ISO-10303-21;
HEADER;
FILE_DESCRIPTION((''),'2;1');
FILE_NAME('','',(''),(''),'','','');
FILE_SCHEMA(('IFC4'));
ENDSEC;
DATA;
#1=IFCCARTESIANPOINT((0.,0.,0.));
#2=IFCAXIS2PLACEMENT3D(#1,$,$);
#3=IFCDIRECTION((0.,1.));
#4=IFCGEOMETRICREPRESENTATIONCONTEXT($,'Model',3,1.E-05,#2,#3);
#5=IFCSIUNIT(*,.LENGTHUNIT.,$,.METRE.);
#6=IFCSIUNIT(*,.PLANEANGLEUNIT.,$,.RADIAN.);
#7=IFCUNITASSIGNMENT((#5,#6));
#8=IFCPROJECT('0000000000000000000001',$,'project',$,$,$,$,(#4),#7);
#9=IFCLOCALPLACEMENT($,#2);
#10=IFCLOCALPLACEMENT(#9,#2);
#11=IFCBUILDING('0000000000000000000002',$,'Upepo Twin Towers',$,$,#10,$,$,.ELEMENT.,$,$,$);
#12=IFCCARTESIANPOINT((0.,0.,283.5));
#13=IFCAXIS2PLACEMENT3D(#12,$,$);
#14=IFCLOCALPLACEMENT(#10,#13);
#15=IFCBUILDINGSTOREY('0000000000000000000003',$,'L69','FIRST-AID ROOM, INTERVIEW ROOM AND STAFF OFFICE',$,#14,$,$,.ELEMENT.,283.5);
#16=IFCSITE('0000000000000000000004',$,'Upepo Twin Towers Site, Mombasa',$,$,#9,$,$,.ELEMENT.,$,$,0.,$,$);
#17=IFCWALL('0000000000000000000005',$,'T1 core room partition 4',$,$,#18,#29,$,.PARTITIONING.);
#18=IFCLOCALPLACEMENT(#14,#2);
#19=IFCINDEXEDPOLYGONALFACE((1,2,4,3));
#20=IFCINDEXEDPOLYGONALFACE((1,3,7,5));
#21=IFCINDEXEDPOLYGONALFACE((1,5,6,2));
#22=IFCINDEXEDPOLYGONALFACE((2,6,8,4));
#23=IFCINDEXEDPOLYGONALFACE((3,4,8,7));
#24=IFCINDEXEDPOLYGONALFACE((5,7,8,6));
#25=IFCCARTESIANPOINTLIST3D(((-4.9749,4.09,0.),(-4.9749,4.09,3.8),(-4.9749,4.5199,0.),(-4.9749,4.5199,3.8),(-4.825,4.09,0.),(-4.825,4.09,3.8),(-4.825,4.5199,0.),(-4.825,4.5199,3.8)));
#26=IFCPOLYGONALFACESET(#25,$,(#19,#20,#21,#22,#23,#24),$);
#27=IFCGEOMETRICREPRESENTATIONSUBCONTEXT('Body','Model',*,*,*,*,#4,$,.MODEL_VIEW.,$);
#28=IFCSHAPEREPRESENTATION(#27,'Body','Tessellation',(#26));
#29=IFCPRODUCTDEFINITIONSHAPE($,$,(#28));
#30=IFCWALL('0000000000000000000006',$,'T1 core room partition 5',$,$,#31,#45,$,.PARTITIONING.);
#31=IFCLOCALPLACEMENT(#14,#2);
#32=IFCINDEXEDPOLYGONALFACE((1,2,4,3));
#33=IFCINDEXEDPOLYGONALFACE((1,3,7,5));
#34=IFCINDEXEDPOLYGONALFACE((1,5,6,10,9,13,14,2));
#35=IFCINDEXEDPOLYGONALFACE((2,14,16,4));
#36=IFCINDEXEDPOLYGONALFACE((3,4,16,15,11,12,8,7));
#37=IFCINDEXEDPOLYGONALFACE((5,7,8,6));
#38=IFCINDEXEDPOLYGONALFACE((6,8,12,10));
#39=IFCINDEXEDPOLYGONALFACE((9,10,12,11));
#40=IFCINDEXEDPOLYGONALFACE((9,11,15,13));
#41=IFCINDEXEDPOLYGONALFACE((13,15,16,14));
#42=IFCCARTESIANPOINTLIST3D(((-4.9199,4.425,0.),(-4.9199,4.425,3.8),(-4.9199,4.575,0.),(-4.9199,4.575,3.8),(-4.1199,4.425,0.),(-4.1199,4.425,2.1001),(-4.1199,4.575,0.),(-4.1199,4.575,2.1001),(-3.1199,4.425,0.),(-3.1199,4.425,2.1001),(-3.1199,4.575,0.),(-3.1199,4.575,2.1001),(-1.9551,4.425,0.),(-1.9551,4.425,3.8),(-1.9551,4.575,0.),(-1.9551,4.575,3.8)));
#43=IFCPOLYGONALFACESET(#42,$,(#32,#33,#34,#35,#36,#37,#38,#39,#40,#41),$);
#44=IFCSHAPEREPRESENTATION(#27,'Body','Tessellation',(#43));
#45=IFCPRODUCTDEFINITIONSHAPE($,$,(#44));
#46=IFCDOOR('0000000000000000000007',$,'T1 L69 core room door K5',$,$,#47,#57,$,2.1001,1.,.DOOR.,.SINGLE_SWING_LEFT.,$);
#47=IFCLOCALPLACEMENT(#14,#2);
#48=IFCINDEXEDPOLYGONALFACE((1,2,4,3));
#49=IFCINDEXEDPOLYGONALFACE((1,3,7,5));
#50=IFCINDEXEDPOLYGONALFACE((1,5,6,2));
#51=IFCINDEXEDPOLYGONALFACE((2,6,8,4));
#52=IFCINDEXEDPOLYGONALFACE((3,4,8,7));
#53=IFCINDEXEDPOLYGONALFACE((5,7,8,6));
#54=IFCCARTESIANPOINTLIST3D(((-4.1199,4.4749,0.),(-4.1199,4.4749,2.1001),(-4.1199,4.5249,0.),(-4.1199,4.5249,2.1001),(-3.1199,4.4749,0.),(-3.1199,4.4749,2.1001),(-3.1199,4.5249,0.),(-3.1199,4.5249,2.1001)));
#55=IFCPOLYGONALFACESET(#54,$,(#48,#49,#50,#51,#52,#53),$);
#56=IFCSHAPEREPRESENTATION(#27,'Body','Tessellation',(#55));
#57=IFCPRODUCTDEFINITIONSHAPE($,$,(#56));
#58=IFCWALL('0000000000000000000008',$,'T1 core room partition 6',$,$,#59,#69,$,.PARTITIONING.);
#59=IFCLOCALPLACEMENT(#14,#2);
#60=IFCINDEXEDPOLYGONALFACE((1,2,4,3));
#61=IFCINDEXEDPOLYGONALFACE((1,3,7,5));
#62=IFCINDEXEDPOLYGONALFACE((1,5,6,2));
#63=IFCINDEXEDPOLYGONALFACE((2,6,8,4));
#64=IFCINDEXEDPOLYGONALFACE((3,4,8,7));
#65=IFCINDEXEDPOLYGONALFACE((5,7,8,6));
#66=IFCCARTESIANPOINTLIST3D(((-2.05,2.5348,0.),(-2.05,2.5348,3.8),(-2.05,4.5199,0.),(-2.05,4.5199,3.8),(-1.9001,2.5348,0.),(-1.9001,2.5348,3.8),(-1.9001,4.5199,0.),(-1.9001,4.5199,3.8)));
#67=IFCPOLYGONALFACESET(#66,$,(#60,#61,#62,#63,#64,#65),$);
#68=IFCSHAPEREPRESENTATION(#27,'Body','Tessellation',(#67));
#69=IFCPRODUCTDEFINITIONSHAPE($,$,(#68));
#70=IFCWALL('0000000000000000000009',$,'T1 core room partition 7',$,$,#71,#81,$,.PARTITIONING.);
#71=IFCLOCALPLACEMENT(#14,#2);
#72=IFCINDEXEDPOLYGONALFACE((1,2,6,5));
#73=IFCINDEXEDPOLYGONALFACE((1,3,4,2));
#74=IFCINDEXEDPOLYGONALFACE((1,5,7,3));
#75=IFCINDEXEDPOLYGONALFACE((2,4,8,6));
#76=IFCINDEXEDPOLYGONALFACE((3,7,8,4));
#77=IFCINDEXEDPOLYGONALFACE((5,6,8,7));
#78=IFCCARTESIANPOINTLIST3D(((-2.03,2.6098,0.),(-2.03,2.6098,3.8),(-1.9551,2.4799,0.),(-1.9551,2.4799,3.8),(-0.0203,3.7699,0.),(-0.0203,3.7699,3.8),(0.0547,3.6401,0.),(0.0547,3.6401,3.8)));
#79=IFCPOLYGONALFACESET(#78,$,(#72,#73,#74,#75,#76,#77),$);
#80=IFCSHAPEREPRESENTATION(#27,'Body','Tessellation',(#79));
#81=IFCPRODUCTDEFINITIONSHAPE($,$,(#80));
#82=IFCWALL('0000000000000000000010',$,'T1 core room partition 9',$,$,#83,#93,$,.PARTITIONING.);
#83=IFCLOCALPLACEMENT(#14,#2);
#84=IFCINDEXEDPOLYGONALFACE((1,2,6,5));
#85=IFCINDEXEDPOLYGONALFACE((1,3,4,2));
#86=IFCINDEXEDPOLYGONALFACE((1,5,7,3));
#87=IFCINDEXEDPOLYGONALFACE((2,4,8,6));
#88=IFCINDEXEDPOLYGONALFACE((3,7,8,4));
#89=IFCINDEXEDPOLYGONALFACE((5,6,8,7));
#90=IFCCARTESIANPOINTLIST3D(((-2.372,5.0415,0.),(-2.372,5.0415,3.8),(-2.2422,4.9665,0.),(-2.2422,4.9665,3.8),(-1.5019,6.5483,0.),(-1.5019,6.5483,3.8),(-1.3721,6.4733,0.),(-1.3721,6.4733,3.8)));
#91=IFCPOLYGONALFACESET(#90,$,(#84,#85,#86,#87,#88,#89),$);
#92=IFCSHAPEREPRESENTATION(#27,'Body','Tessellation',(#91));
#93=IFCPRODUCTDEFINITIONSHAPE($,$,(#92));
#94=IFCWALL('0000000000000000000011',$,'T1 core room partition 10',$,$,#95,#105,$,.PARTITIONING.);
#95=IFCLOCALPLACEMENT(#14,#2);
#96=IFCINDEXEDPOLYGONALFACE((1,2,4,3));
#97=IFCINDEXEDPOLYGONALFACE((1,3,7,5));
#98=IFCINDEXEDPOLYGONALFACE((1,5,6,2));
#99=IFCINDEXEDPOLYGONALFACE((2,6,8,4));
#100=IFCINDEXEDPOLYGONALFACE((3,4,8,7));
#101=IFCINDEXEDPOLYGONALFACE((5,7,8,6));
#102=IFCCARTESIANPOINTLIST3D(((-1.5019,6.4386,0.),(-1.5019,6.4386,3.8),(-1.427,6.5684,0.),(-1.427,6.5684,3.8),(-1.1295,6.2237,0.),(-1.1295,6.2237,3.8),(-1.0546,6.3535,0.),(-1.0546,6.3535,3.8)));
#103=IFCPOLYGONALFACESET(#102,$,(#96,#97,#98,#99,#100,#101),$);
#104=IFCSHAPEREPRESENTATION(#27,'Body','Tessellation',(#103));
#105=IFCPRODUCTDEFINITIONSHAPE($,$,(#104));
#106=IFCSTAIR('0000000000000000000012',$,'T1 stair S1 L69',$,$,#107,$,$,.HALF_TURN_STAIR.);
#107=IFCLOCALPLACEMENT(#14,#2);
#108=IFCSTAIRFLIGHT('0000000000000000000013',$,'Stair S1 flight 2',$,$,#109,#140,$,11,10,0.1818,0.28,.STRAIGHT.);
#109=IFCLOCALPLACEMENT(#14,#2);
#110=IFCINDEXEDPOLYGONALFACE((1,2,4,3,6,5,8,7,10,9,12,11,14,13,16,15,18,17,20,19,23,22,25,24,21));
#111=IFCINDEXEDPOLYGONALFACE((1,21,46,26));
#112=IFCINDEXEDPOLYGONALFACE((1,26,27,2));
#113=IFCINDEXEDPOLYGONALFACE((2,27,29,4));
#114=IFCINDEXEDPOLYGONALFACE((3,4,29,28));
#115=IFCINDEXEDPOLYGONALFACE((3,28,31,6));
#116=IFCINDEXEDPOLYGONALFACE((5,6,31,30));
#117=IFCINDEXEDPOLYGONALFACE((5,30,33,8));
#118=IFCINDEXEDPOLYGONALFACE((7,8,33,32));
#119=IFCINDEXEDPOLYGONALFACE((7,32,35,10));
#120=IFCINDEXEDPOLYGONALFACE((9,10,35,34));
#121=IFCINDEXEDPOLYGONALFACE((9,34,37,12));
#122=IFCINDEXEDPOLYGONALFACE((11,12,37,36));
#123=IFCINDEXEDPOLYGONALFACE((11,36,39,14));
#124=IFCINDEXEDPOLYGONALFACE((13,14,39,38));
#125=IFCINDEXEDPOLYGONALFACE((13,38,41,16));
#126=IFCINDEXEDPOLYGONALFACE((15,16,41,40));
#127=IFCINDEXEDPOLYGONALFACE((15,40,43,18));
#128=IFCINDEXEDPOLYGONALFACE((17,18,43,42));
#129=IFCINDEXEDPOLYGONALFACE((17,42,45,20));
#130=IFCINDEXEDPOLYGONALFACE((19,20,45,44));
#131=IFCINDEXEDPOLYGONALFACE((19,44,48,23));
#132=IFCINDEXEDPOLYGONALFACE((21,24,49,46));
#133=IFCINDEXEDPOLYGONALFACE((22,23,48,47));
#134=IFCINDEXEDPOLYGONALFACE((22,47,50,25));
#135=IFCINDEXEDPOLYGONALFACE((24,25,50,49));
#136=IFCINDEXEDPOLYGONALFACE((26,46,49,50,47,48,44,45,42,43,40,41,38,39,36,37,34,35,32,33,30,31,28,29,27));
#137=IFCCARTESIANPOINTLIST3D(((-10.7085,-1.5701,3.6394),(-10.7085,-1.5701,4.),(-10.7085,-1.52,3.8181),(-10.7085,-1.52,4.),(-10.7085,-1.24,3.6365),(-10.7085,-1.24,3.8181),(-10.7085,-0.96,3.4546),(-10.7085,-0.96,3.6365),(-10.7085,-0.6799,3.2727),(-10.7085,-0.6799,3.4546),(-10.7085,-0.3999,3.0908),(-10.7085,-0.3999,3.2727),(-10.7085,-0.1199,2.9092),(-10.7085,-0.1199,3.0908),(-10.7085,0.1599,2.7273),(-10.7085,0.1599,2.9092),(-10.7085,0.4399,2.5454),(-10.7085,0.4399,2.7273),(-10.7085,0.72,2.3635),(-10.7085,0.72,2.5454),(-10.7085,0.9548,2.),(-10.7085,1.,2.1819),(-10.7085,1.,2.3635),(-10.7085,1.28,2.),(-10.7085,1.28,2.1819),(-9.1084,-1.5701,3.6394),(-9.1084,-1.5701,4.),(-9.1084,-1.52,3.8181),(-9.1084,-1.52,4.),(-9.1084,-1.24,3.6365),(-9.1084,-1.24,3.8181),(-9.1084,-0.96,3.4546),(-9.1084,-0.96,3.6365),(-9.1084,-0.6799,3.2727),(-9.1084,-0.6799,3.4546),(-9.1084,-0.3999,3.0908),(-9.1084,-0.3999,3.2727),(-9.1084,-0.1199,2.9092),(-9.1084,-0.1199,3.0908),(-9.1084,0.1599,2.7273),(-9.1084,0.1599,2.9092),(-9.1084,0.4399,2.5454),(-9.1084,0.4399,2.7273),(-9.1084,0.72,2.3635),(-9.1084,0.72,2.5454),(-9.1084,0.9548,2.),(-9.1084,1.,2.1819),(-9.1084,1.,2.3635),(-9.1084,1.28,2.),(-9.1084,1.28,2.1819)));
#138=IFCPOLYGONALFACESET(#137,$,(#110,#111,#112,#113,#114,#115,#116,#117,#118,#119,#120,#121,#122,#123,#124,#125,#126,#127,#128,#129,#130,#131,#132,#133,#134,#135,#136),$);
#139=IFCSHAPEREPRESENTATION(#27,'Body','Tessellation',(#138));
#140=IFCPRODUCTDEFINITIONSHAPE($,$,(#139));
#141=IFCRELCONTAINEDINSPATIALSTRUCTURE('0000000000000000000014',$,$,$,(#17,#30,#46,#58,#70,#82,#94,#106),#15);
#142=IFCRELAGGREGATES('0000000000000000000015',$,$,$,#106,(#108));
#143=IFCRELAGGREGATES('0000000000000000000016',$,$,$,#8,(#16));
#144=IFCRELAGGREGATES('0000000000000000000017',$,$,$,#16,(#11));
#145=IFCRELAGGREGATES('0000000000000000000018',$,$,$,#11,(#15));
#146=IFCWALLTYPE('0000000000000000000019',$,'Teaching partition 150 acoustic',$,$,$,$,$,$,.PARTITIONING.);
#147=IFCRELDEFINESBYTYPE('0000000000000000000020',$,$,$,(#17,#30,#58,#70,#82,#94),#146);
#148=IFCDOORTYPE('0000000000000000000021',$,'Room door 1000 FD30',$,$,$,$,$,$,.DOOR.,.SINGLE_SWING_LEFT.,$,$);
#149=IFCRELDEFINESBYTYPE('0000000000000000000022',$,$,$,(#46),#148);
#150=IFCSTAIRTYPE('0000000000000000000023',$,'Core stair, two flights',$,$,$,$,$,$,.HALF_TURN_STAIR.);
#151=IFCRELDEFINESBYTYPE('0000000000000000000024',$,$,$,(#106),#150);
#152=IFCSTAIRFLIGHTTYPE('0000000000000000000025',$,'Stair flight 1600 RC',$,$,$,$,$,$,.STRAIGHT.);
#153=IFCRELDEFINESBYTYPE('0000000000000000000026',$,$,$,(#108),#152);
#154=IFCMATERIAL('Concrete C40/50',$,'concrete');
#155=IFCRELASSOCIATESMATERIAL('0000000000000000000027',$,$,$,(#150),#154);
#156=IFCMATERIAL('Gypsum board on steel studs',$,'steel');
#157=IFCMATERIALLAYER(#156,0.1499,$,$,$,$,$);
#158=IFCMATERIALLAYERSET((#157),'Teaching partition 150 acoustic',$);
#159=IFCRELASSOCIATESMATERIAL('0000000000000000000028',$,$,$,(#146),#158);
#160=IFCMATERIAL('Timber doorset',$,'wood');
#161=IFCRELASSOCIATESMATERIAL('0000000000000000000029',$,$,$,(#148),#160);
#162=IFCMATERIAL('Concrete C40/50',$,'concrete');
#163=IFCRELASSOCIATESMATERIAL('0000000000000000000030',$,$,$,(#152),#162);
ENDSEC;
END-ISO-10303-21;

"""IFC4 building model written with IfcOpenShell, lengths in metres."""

from ifc_helpers import new_model, si_unit, direction, frame, frame_2d, origin, place, context, subcontext, project, spatial, polyline, rectangle, outline, extrude, material, layer, layer_set, type_object, element, fill, aggregate, save


model = new_model("IFC4")

# Units and contexts
model_context = context("Model", 3, precision=1e-05, world=origin(), true_north=direction((0.0, 1.0)))
body_context = subcontext(model_context, "Body", "Model", "MODEL_VIEW")
ifc_project = project(units=[si_unit("LENGTHUNIT", "METRE"), si_unit("PLANEANGLEUNIT", "RADIAN")], contexts=[model_context])

# Site, building, storey
site_placement = place(None, origin())
site = spatial("IfcSite", under=ifc_project, at=site_placement, Name="Upepo Twin Towers Site, Mombasa", CompositionType="ELEMENT", RefElevation=0.0)
building_placement = place(site_placement, origin())
building = spatial("IfcBuilding", under=site, at=building_placement, Name="Upepo Twin Towers", CompositionType="ELEMENT")
storey_placement = place(building_placement, frame((0.0, 0.0, 283.5)))
storey = spatial("IfcBuildingStorey", under=building, at=storey_placement, Name="L69", Description="FIRST-AID ROOM, INTERVIEW ROOM AND STAFF OFFICE", CompositionType="ELEMENT", Elevation=283.5)

# Shared definitions
ifc_material_1 = material(Name="Concrete C40/50", Category="concrete")
stair_type = type_object("IfcStairType", Name="Core stair, two flights", PredefinedType="HALF_TURN_STAIR", material=ifc_material_1)

# Wall
ifc_material_2 = material(Name="Gypsum board on steel studs", Category="steel")
ifc_layer_1 = layer(ifc_material_2, 0.1499)
ifc_layer_set_1 = layer_set([ifc_layer_1], Name="Teaching partition 150 acoustic")
wall_type_1 = type_object("IfcWallType", Name="Teaching partition 150 acoustic", PredefinedType="PARTITIONING", material=ifc_layer_set_1)
wall_1_placement = place(storey_placement, frame((-4.8999, 4.0901, 0.0), z_axis=(0.0, 0.0, 1.0), x_axis=(0.0, 1.0, 0.0)))
element("IfcWall", 1, at=wall_1_placement, inside=storey, type_object=wall_type_1, Name="T1 core room partition 4", PredefinedType="PARTITIONING", context=body_context, shape_type="SweptSolid", body=[
    extrude(rectangle(XDim=0.4299, YDim=0.1499, at=frame_2d((0.2148, 0.0))), origin(), (0.0, 0.0, 1.0), 3.8),
])

# Wall, opening, door
wall_2_placement = place(storey_placement, frame((-4.9199, 4.5, 0.0), z_axis=(0.0, 0.0, 1.0), x_axis=(1.0, 0.0, 0.0)))
wall_2 = element("IfcWall", 2, at=wall_2_placement, inside=storey, type_object=wall_type_1, Name="T1 core room partition 5", PredefinedType="PARTITIONING", context=body_context, shape_type="SweptSolid", body=[
    extrude(rectangle(XDim=2.9648, YDim=0.1499, at=frame_2d((1.4824, 0.0))), origin(), (0.0, 0.0, 1.0), 3.8),
])
opening_1_placement = place(wall_2_placement, frame((0.8, 0.0, 0.0)))
opening_1 = element("IfcOpeningElement", 3, at=opening_1_placement, cuts=wall_2, PredefinedType="OPENING", context=body_context, shape_type="SweptSolid", body=[
    extrude(rectangle(XDim=1.0, YDim=2.1001, at=frame_2d((0.5, 1.05))), frame((0.0, 0.085, 0.0), z_axis=(0.0, -1.0, 0.0), x_axis=(1.0, 0.0, 0.0)), (0.0, 0.0, 1.0), 0.1699),
])
ifc_material_3 = material(Name="Timber doorset", Category="wood")
door_type_1 = type_object("IfcDoorType", Name="Room door 1000 FD30", OperationType="SINGLE_SWING_LEFT", PredefinedType="DOOR", material=ifc_material_3)
door_1_placement = place(opening_1_placement, origin())
door_1 = element("IfcDoor", 4, at=door_1_placement, inside=storey, type_object=door_type_1, Name="T1 L69 core room door K5", OperationType="SINGLE_SWING_LEFT", OverallHeight=2.1001, OverallWidth=1.0, PredefinedType="DOOR", context=body_context, shape_type="SweptSolid", body=[
    extrude(rectangle(XDim=1.0, YDim=2.1001, at=frame_2d((0.5, 1.05))), frame((0.0, 0.0249, 0.0), z_axis=(0.0, -1.0, 0.0), x_axis=(1.0, 0.0, 0.0)), (0.0, 0.0, 1.0), 0.05),
])
fill(opening_1, door_1)

# Walls
wall_3_placement = place(storey_placement, frame((-1.9751, 4.52, 0.0), z_axis=(0.0, 0.0, 1.0), x_axis=(0.0, -1.0, 0.0)))
element("IfcWall", 5, at=wall_3_placement, inside=storey, type_object=wall_type_1, Name="T1 core room partition 6", PredefinedType="PARTITIONING", context=body_context, shape_type="SweptSolid", body=[
    extrude(rectangle(XDim=1.9851, YDim=0.1499, at=frame_2d((0.9927, 0.0))), origin(), (0.0, 0.0, 1.0), 3.8),
])
wall_4_placement = place(storey_placement, frame((-1.9924, 2.5449, 0.0), z_axis=(0.0, 0.0, 1.0), x_axis=(0.866059, 0.499941, 0.0)))
element("IfcWall", 6, at=wall_4_placement, inside=storey, type_object=wall_type_1, Name="T1 core room partition 7", PredefinedType="PARTITIONING", context=body_context, shape_type="SweptSolid", body=[
    extrude(rectangle(XDim=2.3206, YDim=0.1499, at=frame_2d((1.1602, 0.0))), origin(), (0.0, 0.0, 1.0), 3.8),
])
wall_5_placement = place(storey_placement, frame((-2.3071, 5.0039, 0.0), z_axis=(0.0, 0.0, 1.0), x_axis=(0.500063, 0.865989, 0.0)))
element("IfcWall", 7, at=wall_5_placement, inside=storey, type_object=wall_type_1, Name="T1 core room partition 9", PredefinedType="PARTITIONING", context=body_context, shape_type="SweptSolid", body=[
    extrude(rectangle(XDim=1.74, YDim=0.1499, at=frame_2d((0.8701, 0.0))), origin(), (0.0, 0.0, 1.0), 3.8),
])
wall_6_placement = place(storey_placement, frame((-1.4644, 6.5034, 0.0), z_axis=(0.0, 0.0, 1.0), x_axis=(0.866138, -0.499804, 0.0)))
element("IfcWall", 8, at=wall_6_placement, inside=storey, type_object=wall_type_1, Name="T1 core room partition 10", PredefinedType="PARTITIONING", context=body_context, shape_type="SweptSolid", body=[
    extrude(rectangle(XDim=0.4299, YDim=0.1499, at=frame_2d((0.2148, 0.0))), origin(), (0.0, 0.0, 1.0), 3.8),
])

# Stair, stair flight
stair_1_placement = place(storey_placement, origin())
stair_1 = element("IfcStair", 9, at=stair_1_placement, inside=storey, type_object=stair_type, Name="T1 stair S1 L69", PredefinedType="HALF_TURN_STAIR")
ifc_material_4 = material(Name="Concrete C40/50", Category="concrete")
stair_flight_type = type_object("IfcStairFlightType", Name="Stair flight 1600 RC", PredefinedType="STRAIGHT", material=ifc_material_4)
stair_flight_placement = place(storey_placement, frame((-9.9084, 1.28, 2.0), z_axis=(0.0, 0.0, 1.0), x_axis=(0.0, -1.0, 0.0)))
stair_flight = element("IfcStairFlight", 10, at=stair_flight_placement, type_object=stair_flight_type, Name="Stair S1 flight 2", NumberOfRisers=11, NumberOfTreads=10, PredefinedType="STRAIGHT", RiserHeight=0.1818, TreadLength=0.28, context=body_context, shape_type="SweptSolid", body=[
    extrude(outline(polyline([(0.0, 0.0), (0.0, 0.1819), (0.28, 0.1819), (0.28, 0.3635), (0.5601, 0.3635), (0.5601, 0.5454), (0.8401, 0.5454), (0.8401, 0.7273), (1.1201, 0.7273), (1.1201, 0.9092), (1.3999, 0.9092), (1.3999, 1.0908), (1.6799, 1.0908), (1.6799, 1.2727), (1.96, 1.2727), (1.96, 1.4546), (2.24, 1.4546), (2.24, 1.6365), (2.52, 1.6365), (2.52, 1.8181), (2.8, 1.8181), (2.8, 2.0), (2.8501, 2.0), (2.8501, 1.6394), (0.3252, 0.0), (0.0, 0.0)])), frame((0.0, 0.8, 0.0), z_axis=(0.0, -1.0, 0.0), x_axis=(1.0, 0.0, 0.0)), (0.0, 0.0, 1.0), 1.6001),
])
aggregate(stair_1, [stair_flight])

save(model, "model.ifc")
